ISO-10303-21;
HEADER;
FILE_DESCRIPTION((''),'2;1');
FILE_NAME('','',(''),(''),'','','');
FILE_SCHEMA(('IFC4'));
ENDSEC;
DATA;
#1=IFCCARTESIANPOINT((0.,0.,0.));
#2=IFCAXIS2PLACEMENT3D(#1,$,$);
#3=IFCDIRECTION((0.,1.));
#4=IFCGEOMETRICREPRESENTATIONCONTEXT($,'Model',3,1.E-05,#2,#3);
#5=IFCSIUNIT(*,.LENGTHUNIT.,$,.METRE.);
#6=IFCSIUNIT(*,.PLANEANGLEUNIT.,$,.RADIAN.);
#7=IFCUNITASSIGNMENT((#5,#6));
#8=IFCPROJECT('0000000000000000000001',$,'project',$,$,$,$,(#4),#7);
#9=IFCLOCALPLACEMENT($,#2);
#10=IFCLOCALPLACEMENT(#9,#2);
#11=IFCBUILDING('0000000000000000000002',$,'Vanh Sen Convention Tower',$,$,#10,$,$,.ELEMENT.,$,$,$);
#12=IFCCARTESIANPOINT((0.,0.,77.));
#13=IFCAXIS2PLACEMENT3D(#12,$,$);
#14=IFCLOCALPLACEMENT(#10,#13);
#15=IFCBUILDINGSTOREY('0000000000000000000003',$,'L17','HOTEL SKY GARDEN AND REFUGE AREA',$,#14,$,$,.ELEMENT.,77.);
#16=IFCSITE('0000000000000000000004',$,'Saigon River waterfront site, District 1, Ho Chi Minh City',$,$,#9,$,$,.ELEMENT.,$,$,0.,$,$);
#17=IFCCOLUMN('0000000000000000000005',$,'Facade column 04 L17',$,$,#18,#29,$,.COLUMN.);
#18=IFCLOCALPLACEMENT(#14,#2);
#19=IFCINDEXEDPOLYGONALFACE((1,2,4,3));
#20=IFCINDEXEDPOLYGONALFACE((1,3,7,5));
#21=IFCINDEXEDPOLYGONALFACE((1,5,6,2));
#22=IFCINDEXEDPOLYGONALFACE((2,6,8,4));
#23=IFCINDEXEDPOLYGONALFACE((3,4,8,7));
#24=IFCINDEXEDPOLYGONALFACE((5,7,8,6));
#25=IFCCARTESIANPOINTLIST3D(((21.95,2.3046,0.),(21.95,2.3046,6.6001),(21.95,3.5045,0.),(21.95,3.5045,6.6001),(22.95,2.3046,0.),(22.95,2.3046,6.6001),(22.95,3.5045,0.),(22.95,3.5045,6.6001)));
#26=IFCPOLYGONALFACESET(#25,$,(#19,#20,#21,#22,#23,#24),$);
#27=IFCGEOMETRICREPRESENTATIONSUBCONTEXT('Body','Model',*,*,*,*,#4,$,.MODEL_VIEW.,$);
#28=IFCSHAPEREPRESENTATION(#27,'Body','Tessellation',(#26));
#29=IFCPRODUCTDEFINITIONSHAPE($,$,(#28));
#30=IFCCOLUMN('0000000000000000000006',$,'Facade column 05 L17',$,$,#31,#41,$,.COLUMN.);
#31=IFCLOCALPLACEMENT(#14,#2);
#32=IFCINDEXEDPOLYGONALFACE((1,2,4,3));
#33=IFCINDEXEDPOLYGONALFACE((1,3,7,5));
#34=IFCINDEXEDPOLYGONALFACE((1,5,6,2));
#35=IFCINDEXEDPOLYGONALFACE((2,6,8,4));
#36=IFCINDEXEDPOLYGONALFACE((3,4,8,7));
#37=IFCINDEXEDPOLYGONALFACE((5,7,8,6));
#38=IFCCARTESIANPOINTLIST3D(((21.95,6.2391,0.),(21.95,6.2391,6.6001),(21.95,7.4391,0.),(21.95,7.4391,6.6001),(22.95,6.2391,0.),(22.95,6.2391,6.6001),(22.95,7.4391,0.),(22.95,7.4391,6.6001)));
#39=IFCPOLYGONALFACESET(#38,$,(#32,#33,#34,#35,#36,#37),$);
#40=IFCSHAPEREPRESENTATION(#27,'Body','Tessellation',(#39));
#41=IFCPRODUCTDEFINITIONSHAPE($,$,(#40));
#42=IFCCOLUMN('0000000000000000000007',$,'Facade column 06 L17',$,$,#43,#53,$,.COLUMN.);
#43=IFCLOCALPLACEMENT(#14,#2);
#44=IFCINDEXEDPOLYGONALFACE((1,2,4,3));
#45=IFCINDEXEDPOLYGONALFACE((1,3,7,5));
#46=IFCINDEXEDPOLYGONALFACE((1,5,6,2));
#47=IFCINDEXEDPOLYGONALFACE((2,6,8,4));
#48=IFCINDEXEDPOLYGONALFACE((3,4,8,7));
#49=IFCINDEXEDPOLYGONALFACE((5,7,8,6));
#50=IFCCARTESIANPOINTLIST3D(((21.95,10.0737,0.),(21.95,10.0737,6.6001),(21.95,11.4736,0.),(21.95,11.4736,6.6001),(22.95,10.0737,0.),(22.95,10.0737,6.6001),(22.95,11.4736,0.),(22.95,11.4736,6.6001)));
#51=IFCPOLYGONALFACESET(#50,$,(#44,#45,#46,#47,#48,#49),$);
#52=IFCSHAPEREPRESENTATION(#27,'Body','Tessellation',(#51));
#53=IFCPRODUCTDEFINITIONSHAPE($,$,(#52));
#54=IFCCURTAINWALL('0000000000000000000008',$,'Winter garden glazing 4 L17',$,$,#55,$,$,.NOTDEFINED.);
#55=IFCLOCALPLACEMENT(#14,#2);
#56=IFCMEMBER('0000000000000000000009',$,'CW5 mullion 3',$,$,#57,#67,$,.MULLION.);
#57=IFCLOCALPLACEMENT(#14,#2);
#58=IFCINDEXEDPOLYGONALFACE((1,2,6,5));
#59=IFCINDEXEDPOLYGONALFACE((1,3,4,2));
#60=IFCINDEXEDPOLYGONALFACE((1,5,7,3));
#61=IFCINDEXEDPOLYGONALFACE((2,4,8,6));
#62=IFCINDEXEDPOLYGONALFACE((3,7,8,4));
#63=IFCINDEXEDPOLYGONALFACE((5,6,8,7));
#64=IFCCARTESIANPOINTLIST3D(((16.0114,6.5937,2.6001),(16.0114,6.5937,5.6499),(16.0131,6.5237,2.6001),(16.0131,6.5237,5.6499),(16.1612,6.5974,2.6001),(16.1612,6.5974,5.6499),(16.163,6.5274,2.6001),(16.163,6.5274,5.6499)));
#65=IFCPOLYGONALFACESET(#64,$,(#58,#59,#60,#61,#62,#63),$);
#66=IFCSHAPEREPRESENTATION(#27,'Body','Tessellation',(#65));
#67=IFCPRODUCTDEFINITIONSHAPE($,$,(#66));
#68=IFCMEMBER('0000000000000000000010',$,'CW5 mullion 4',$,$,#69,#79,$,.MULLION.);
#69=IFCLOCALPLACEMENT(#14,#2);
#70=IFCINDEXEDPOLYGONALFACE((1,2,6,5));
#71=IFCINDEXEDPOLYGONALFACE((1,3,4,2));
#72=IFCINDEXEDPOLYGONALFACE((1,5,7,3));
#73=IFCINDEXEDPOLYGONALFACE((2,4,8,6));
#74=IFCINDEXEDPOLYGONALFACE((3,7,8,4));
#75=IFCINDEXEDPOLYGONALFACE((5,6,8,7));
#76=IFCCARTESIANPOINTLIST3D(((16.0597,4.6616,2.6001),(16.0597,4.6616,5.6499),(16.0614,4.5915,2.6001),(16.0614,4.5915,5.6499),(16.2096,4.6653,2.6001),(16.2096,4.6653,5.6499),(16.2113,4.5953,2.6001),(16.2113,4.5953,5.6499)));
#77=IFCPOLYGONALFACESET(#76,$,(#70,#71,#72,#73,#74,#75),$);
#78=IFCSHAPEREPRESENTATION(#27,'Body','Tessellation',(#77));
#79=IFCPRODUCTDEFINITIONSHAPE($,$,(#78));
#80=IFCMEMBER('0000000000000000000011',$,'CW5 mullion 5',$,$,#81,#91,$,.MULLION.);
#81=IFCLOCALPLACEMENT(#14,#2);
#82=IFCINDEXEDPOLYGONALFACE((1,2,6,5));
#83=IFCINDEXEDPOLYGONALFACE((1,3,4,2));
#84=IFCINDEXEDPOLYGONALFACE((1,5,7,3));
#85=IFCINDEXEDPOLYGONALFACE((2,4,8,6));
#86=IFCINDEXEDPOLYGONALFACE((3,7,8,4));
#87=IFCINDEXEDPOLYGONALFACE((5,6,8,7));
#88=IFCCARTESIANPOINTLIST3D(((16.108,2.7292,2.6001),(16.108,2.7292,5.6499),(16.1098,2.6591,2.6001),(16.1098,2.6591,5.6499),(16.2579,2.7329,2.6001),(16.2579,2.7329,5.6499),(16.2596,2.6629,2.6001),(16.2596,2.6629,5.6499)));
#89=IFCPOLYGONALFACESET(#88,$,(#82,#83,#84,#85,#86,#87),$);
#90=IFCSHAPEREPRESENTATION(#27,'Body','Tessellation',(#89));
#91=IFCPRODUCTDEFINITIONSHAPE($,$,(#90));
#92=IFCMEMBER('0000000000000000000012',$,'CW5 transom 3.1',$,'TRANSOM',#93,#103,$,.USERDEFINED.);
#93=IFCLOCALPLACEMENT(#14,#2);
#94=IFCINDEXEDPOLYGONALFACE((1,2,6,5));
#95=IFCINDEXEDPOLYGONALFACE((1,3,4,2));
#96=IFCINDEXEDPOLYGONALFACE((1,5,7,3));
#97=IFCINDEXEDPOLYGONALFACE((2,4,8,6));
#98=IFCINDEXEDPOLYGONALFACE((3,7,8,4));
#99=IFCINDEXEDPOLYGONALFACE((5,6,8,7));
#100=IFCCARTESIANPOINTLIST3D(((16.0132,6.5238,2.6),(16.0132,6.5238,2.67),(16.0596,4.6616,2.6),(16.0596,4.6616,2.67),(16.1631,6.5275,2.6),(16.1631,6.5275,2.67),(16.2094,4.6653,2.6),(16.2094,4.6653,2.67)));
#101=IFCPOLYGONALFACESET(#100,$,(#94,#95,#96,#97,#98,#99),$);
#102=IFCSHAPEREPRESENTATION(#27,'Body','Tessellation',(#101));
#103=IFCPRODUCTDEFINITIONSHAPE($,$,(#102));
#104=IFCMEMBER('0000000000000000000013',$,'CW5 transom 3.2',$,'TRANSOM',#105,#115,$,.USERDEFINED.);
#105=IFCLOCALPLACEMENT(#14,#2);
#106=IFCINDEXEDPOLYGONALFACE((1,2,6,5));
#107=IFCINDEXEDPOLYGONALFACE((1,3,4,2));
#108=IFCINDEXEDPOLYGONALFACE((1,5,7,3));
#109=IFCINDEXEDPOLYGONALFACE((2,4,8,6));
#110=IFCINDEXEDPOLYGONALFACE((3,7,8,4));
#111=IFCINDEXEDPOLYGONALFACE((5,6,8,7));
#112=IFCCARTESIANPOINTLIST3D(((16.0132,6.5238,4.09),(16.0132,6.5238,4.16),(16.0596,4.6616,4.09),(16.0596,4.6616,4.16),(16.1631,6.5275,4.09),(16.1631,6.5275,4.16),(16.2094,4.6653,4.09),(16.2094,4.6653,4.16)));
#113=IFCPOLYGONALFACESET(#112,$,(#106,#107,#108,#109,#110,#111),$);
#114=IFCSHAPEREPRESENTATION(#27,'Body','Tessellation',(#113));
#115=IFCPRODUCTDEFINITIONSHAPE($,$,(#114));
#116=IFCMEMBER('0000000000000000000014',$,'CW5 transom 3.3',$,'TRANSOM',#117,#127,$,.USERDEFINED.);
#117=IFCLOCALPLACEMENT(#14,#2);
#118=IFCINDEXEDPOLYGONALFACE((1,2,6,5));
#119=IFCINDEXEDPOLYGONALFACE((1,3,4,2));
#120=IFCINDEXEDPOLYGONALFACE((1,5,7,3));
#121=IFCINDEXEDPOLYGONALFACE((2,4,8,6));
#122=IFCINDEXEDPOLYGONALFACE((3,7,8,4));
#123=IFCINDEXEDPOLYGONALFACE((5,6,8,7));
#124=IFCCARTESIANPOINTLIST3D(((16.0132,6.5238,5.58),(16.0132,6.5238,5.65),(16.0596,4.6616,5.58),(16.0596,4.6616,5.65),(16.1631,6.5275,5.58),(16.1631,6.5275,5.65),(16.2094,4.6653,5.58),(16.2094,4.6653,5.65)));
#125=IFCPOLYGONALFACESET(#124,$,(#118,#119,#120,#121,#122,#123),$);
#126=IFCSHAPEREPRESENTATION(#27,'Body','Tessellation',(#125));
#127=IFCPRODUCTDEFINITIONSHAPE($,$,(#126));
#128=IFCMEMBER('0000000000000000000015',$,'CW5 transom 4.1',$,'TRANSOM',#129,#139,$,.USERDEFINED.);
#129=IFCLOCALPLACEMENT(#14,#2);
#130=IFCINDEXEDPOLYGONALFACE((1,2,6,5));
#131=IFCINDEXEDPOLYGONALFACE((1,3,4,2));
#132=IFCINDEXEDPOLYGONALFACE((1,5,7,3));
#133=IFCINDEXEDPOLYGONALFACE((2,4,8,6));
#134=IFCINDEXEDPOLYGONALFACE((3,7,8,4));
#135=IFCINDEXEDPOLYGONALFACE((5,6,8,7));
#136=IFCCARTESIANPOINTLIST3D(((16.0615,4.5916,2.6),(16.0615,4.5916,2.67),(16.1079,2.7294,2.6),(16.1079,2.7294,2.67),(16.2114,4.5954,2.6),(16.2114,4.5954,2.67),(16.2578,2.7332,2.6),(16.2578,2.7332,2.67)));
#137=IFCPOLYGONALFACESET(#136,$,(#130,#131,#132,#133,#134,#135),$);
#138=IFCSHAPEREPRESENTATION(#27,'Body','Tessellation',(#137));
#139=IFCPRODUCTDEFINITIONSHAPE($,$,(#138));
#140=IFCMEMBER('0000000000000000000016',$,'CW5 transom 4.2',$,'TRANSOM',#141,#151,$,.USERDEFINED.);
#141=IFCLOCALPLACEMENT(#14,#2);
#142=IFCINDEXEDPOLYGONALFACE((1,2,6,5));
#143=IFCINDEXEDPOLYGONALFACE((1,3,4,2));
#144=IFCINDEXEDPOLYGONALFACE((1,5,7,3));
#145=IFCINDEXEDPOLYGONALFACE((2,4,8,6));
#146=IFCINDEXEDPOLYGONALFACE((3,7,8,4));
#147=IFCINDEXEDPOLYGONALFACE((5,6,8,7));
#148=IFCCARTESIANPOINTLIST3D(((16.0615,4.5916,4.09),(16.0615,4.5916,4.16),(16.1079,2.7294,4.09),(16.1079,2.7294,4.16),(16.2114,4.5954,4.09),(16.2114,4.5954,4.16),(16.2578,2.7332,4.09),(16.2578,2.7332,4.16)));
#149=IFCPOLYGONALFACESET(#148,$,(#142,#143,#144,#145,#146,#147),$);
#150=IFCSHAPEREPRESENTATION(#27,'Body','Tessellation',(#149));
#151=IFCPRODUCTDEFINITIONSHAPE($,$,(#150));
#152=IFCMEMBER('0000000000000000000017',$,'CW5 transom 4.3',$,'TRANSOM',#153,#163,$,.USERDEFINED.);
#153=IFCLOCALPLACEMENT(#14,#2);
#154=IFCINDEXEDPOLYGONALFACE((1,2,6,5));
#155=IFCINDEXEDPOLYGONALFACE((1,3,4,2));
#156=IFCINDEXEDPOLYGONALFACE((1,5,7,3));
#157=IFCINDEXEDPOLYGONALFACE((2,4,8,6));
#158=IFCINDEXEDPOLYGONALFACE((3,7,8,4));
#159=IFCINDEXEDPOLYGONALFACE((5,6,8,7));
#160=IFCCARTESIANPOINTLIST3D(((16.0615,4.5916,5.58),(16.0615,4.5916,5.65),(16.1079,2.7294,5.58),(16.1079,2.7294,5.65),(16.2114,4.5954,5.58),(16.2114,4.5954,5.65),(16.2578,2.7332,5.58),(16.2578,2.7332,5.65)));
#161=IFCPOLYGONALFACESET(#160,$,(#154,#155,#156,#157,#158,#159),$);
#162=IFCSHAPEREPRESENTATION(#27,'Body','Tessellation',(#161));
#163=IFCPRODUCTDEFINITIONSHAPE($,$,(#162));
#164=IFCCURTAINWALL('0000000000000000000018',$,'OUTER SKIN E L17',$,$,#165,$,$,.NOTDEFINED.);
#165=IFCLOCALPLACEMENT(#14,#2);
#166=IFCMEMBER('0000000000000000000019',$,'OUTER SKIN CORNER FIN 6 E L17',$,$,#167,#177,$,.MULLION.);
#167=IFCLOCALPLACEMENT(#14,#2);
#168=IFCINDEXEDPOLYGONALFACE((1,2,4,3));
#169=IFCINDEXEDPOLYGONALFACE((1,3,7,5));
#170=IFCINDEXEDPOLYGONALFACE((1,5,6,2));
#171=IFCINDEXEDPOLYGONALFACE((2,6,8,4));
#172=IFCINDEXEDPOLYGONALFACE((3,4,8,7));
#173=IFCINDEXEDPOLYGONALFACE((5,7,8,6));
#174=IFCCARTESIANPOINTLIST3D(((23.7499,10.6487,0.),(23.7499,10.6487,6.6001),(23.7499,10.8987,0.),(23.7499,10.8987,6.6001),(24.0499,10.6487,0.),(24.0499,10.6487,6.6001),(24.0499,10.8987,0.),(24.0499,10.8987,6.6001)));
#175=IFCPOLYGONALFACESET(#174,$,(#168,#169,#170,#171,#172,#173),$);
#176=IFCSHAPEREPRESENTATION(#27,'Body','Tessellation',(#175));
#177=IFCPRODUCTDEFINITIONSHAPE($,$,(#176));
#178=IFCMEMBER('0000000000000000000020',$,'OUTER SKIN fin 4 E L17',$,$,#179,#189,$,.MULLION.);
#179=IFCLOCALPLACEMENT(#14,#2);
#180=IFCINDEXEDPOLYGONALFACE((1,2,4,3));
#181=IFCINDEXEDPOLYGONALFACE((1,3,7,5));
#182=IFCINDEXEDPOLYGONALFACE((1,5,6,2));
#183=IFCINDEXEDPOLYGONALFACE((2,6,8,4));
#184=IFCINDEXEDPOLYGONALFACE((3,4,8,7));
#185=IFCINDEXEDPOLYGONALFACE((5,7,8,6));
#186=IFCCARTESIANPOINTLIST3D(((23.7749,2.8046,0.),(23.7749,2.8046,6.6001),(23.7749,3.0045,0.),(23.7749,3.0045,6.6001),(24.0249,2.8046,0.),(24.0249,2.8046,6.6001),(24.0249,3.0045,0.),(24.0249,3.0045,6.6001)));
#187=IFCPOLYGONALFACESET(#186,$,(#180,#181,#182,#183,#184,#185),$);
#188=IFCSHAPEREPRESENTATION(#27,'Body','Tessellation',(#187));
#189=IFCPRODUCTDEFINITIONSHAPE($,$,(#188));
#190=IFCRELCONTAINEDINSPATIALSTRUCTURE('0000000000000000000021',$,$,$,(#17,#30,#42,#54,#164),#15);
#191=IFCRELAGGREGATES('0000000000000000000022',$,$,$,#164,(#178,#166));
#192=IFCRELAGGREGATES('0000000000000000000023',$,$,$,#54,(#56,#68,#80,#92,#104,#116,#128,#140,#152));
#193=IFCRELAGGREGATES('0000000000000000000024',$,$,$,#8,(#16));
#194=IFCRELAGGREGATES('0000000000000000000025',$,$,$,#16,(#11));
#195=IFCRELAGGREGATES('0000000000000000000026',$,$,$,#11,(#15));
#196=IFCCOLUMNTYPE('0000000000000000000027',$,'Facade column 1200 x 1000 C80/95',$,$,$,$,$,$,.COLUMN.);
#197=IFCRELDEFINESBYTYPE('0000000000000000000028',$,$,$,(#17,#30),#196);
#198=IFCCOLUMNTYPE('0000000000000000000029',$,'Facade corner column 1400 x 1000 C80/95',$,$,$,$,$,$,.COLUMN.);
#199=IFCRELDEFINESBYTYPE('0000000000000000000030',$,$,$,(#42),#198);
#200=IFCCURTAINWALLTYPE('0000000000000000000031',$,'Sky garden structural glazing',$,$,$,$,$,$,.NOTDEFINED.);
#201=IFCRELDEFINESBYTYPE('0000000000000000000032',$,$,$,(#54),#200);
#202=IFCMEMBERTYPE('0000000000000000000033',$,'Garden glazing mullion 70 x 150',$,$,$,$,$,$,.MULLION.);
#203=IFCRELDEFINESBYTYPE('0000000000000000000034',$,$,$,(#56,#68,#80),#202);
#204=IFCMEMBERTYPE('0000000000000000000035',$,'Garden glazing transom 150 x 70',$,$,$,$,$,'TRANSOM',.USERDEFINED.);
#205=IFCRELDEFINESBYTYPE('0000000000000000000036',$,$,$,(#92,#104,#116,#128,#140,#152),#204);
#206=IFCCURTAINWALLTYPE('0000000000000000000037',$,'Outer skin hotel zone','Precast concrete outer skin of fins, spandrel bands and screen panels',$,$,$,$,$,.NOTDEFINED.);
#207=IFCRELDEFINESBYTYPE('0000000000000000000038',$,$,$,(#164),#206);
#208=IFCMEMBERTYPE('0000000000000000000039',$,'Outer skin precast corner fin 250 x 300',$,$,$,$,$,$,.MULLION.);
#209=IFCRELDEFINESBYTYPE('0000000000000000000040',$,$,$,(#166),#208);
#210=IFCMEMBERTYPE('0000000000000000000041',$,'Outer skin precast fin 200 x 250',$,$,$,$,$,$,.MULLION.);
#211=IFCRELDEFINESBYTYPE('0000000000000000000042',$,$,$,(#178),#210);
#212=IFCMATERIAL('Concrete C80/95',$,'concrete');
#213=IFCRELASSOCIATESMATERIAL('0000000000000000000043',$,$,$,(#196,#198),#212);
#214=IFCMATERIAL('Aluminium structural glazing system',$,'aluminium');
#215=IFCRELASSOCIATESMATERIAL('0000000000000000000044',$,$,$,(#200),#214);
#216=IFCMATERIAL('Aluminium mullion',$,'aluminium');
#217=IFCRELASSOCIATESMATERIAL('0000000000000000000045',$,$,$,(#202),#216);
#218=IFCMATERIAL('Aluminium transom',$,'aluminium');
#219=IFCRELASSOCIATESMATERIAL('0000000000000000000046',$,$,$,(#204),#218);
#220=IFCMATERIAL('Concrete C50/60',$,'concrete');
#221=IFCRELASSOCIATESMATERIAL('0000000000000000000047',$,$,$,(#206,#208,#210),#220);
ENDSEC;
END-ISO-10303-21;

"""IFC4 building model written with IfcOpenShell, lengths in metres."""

from ifc_helpers import new_model, si_unit, direction, frame, origin, origin_2d, place, context, subcontext, project, spatial, rectangle, extrude, material, material_profile, profile_set, type_object, element, aggregate, save


model = new_model("IFC4")

# Units and contexts
model_context = context("Model", 3, precision=1e-05, world=origin(), true_north=direction((0.0, 1.0)))
body_context = subcontext(model_context, "Body", "Model", "MODEL_VIEW")
ifc_project = project(units=[si_unit("LENGTHUNIT", "METRE"), si_unit("PLANEANGLEUNIT", "RADIAN")], contexts=[model_context])

# Site, building, storey
site_placement = place(None, origin())
site = spatial("IfcSite", under=ifc_project, at=site_placement, Name="Saigon River waterfront site, District 1, Ho Chi Minh City", CompositionType="ELEMENT", RefElevation=0.0)
building_placement = place(site_placement, origin())
building = spatial("IfcBuilding", under=site, at=building_placement, Name="Vanh Sen Convention Tower", CompositionType="ELEMENT")
storey_placement = place(building_placement, frame((0.0, 0.0, 77.0)))
storey = spatial("IfcBuildingStorey", under=building, at=storey_placement, Name="L17", Description="HOTEL SKY GARDEN AND REFUGE AREA", CompositionType="ELEMENT", Elevation=77.0)

# Columns
ifc_material_1 = material(Name="Concrete C80/95", Category="concrete")
ifc_material_profile_1 = material_profile(ifc_material_1, rectangle(XDim=1.2, YDim=1.0, at=origin_2d()), Name="RC 1200X1000")
ifc_profile_set_1 = profile_set([ifc_material_profile_1], Name="Concrete C80/95")
column_type_1 = type_object("IfcColumnType", Name="Facade column 1200 x 1000 C80/95", PredefinedType="COLUMN", material=ifc_profile_set_1)
for number, where, z_axis, x_axis, name in (
    (1, (22.45, 2.9045, 0.0), (0.0, 0.0, 1.0), (0.0, 1.0, 0.0), "Facade column 04 L17"),
    (2, (22.45, 6.8391, 0.0), (0.0, 0.0, 1.0), (0.0, 1.0, 0.0), "Facade column 05 L17"),
):
    element("IfcColumn", number, at=place(storey_placement, frame(where, z_axis=z_axis, x_axis=x_axis)), inside=storey, type_object=column_type_1, Name=name, PredefinedType="COLUMN", context=body_context, shape_type="SweptSolid", body=[
        extrude(rectangle(XDim=1.2, YDim=1.0, at=origin_2d()), origin(), (0.0, 0.0, 1.0), 6.6001),
    ])
ifc_material_profile_2 = material_profile(ifc_material_1, rectangle(XDim=1.3999, YDim=1.0, at=origin_2d()), Name="RC 1400X1000")
ifc_profile_set_2 = profile_set([ifc_material_profile_2], Name="Concrete C80/95")
column_type_2 = type_object("IfcColumnType", Name="Facade corner column 1400 x 1000 C80/95", PredefinedType="COLUMN", material=ifc_profile_set_2)
column_placement = place(storey_placement, frame((22.45, 10.7737, 0.0), z_axis=(0.0, 0.0, 1.0), x_axis=(0.0, 1.0, 0.0)))
element("IfcColumn", 3, at=column_placement, inside=storey, type_object=column_type_2, Name="Facade column 06 L17", PredefinedType="COLUMN", context=body_context, shape_type="SweptSolid", body=[
    extrude(rectangle(XDim=1.3999, YDim=1.0, at=origin_2d()), origin(), (0.0, 0.0, 1.0), 6.6001),
])

# Curtain walls, members
ifc_material_2 = material(Name="Aluminium structural glazing system", Category="aluminium")
curtain_wall_type_1 = type_object("IfcCurtainWallType", Name="Sky garden structural glazing", PredefinedType="NOTDEFINED", material=ifc_material_2)
curtain_wall_1_placement = place(storey_placement, origin())
curtain_wall_1 = element("IfcCurtainWall", 4, at=curtain_wall_1_placement, inside=storey, type_object=curtain_wall_type_1, Name="Winter garden glazing 4 L17", PredefinedType="NOTDEFINED")
ifc_material_3 = material(Name="Aluminium mullion", Category="aluminium")
ifc_material_profile_3 = material_profile(ifc_material_3, rectangle(XDim=0.1499, YDim=0.0701, at=origin_2d()), Name="Garden glazing mullion 70 x 150")
ifc_profile_set_3 = profile_set([ifc_material_profile_3], Name="Aluminium mullion")
member_type_1 = type_object("IfcMemberType", Name="Garden glazing mullion 70 x 150", PredefinedType="MULLION", material=ifc_profile_set_3)
member_1_placement = place(storey_placement, frame((16.0872, 6.5605, 2.6001), z_axis=(0.0, 0.0, 1.0), x_axis=(0.999688, 0.024972, 0.0)))
member_1 = element("IfcMember", 5, at=member_1_placement, type_object=member_type_1, Name="CW5 mullion 3", PredefinedType="MULLION", context=body_context, shape_type="SweptSolid", body=[
    extrude(rectangle(XDim=0.1499, YDim=0.0701, at=origin_2d()), origin(), (0.0, 0.0, 1.0), 3.0498),
])
member_2_placement = place(storey_placement, frame((16.1355, 4.6284, 2.6001), z_axis=(0.0, 0.0, 1.0), x_axis=(0.999688, 0.024972, 0.0)))
member_2 = element("IfcMember", 6, at=member_2_placement, type_object=member_type_1, Name="CW5 mullion 4", PredefinedType="MULLION", context=body_context, shape_type="SweptSolid", body=[
    extrude(rectangle(XDim=0.1499, YDim=0.0701, at=origin_2d()), origin(), (0.0, 0.0, 1.0), 3.0498),
])
member_3_placement = place(storey_placement, frame((16.1838, 2.696, 2.6001), z_axis=(0.0, 0.0, 1.0), x_axis=(0.999688, 0.024972, 0.0)))
member_3 = element("IfcMember", 7, at=member_3_placement, type_object=member_type_1, Name="CW5 mullion 5", PredefinedType="MULLION", context=body_context, shape_type="SweptSolid", body=[
    extrude(rectangle(XDim=0.1499, YDim=0.0701, at=origin_2d()), origin(), (0.0, 0.0, 1.0), 3.0498),
])
ifc_material_4 = material(Name="Aluminium transom", Category="aluminium")
ifc_material_profile_4 = material_profile(ifc_material_4, rectangle(XDim=0.1499, YDim=0.0701, at=origin_2d()), Name="Garden glazing transom 150 x 70")
ifc_profile_set_4 = profile_set([ifc_material_profile_4], Name="Aluminium transom")
member_type_2 = type_object("IfcMemberType", Name="Garden glazing transom 150 x 70", ElementType="TRANSOM", PredefinedType="USERDEFINED", material=ifc_profile_set_4)
member_4_placement = place(storey_placement, frame((16.0881, 6.5256, 2.635), z_axis=(0.024901, -0.99969, 0.0), x_axis=(0.99969, 0.024901, 0.0)))
member_4 = element("IfcMember", 8, at=member_4_placement, type_object=member_type_2, Name="CW5 transom 3.1", ObjectType="TRANSOM", PredefinedType="USERDEFINED", context=body_context, shape_type="SweptSolid", body=[
    extrude(rectangle(XDim=0.1499, YDim=0.0701, at=origin_2d()), origin(), (0.0, 0.0, 1.0), 1.8628),
])
member_5_placement = place(storey_placement, frame((16.0881, 6.5256, 4.125), z_axis=(0.024901, -0.99969, 0.0), x_axis=(0.99969, 0.024901, 0.0)))
member_5 = element("IfcMember", 9, at=member_5_placement, type_object=member_type_2, Name="CW5 transom 3.2", ObjectType="TRANSOM", PredefinedType="USERDEFINED", context=body_context, shape_type="SweptSolid", body=[
    extrude(rectangle(XDim=0.1499, YDim=0.0701, at=origin_2d()), origin(), (0.0, 0.0, 1.0), 1.8628),
])
member_6_placement = place(storey_placement, frame((16.0881, 6.5256, 5.615), z_axis=(0.024901, -0.99969, 0.0), x_axis=(0.99969, 0.024901, 0.0)))
member_6 = element("IfcMember", 10, at=member_6_placement, type_object=member_type_2, Name="CW5 transom 3.3", ObjectType="TRANSOM", PredefinedType="USERDEFINED", context=body_context, shape_type="SweptSolid", body=[
    extrude(rectangle(XDim=0.1499, YDim=0.0701, at=origin_2d()), origin(), (0.0, 0.0, 1.0), 1.8628),
])
member_7_placement = place(storey_placement, frame((16.1365, 4.5935, 2.635), z_axis=(0.024901, -0.99969, 0.0), x_axis=(0.99969, 0.024901, 0.0)))
member_7 = element("IfcMember", 11, at=member_7_placement, type_object=member_type_2, Name="CW5 transom 4.1", ObjectType="TRANSOM", PredefinedType="USERDEFINED", context=body_context, shape_type="SweptSolid", body=[
    extrude(rectangle(XDim=0.1499, YDim=0.0701, at=origin_2d()), origin(), (0.0, 0.0, 1.0), 1.8628),
])
member_8_placement = place(storey_placement, frame((16.1365, 4.5935, 4.125), z_axis=(0.024901, -0.99969, 0.0), x_axis=(0.99969, 0.024901, 0.0)))
member_8 = element("IfcMember", 12, at=member_8_placement, type_object=member_type_2, Name="CW5 transom 4.2", ObjectType="TRANSOM", PredefinedType="USERDEFINED", context=body_context, shape_type="SweptSolid", body=[
    extrude(rectangle(XDim=0.1499, YDim=0.0701, at=origin_2d()), origin(), (0.0, 0.0, 1.0), 1.8628),
])
member_9_placement = place(storey_placement, frame((16.1365, 4.5935, 5.615), z_axis=(0.024901, -0.99969, 0.0), x_axis=(0.99969, 0.024901, 0.0)))
member_9 = element("IfcMember", 13, at=member_9_placement, type_object=member_type_2, Name="CW5 transom 4.3", ObjectType="TRANSOM", PredefinedType="USERDEFINED", context=body_context, shape_type="SweptSolid", body=[
    extrude(rectangle(XDim=0.1499, YDim=0.0701, at=origin_2d()), origin(), (0.0, 0.0, 1.0), 1.8628),
])
ifc_material_5 = material(Name="Concrete C50/60", Category="concrete")
curtain_wall_type_2 = type_object("IfcCurtainWallType", Name="Outer skin hotel zone", Description="Precast concrete outer skin of fins, spandrel bands and screen panels", PredefinedType="NOTDEFINED", material=ifc_material_5)
curtain_wall_2_placement = place(storey_placement, origin())
curtain_wall_2 = element("IfcCurtainWall", 14, at=curtain_wall_2_placement, inside=storey, type_object=curtain_wall_type_2, Name="OUTER SKIN E L17", PredefinedType="NOTDEFINED")
ifc_material_profile_5 = material_profile(ifc_material_5, rectangle(XDim=0.25, YDim=0.3, at=origin_2d()), Name="Outer skin precast corner fin 250 x 300")
ifc_profile_set_5 = profile_set([ifc_material_profile_5], Name="Concrete C50/60")
member_type_3 = type_object("IfcMemberType", Name="Outer skin precast corner fin 250 x 300", PredefinedType="MULLION", material=ifc_profile_set_5)
member_10_placement = place(storey_placement, frame((23.8999, 10.7737, 0.0), z_axis=(0.0, 0.0, 1.0), x_axis=(0.0, 1.0, 0.0)))
member_10 = element("IfcMember", 15, at=member_10_placement, type_object=member_type_3, Name="OUTER SKIN CORNER FIN 6 E L17", PredefinedType="MULLION", context=body_context, shape_type="SweptSolid", body=[
    extrude(rectangle(XDim=0.25, YDim=0.3, at=origin_2d()), origin(), (0.0, 0.0, 1.0), 6.6001),
])
ifc_material_profile_6 = material_profile(ifc_material_5, rectangle(XDim=0.2, YDim=0.25, at=origin_2d()), Name="Outer skin precast fin 200 x 250")
ifc_profile_set_6 = profile_set([ifc_material_profile_6], Name="Concrete C50/60")
member_type_4 = type_object("IfcMemberType", Name="Outer skin precast fin 200 x 250", PredefinedType="MULLION", material=ifc_profile_set_6)
member_11_placement = place(storey_placement, frame((23.8999, 2.9045, 0.0), z_axis=(0.0, 0.0, 1.0), x_axis=(0.0, 1.0, 0.0)))
member_11 = element("IfcMember", 16, at=member_11_placement, type_object=member_type_4, Name="OUTER SKIN fin 4 E L17", PredefinedType="MULLION", context=body_context, shape_type="SweptSolid", body=[
    extrude(rectangle(XDim=0.2, YDim=0.25, at=origin_2d()), origin(), (0.0, 0.0, 1.0), 6.6001),
])
aggregate(curtain_wall_2, [member_11, member_10])

aggregate(curtain_wall_1, [member_1, member_2, member_3, member_4, member_5, member_6, member_7, member_8, member_9])

save(model, "model.ifc")
